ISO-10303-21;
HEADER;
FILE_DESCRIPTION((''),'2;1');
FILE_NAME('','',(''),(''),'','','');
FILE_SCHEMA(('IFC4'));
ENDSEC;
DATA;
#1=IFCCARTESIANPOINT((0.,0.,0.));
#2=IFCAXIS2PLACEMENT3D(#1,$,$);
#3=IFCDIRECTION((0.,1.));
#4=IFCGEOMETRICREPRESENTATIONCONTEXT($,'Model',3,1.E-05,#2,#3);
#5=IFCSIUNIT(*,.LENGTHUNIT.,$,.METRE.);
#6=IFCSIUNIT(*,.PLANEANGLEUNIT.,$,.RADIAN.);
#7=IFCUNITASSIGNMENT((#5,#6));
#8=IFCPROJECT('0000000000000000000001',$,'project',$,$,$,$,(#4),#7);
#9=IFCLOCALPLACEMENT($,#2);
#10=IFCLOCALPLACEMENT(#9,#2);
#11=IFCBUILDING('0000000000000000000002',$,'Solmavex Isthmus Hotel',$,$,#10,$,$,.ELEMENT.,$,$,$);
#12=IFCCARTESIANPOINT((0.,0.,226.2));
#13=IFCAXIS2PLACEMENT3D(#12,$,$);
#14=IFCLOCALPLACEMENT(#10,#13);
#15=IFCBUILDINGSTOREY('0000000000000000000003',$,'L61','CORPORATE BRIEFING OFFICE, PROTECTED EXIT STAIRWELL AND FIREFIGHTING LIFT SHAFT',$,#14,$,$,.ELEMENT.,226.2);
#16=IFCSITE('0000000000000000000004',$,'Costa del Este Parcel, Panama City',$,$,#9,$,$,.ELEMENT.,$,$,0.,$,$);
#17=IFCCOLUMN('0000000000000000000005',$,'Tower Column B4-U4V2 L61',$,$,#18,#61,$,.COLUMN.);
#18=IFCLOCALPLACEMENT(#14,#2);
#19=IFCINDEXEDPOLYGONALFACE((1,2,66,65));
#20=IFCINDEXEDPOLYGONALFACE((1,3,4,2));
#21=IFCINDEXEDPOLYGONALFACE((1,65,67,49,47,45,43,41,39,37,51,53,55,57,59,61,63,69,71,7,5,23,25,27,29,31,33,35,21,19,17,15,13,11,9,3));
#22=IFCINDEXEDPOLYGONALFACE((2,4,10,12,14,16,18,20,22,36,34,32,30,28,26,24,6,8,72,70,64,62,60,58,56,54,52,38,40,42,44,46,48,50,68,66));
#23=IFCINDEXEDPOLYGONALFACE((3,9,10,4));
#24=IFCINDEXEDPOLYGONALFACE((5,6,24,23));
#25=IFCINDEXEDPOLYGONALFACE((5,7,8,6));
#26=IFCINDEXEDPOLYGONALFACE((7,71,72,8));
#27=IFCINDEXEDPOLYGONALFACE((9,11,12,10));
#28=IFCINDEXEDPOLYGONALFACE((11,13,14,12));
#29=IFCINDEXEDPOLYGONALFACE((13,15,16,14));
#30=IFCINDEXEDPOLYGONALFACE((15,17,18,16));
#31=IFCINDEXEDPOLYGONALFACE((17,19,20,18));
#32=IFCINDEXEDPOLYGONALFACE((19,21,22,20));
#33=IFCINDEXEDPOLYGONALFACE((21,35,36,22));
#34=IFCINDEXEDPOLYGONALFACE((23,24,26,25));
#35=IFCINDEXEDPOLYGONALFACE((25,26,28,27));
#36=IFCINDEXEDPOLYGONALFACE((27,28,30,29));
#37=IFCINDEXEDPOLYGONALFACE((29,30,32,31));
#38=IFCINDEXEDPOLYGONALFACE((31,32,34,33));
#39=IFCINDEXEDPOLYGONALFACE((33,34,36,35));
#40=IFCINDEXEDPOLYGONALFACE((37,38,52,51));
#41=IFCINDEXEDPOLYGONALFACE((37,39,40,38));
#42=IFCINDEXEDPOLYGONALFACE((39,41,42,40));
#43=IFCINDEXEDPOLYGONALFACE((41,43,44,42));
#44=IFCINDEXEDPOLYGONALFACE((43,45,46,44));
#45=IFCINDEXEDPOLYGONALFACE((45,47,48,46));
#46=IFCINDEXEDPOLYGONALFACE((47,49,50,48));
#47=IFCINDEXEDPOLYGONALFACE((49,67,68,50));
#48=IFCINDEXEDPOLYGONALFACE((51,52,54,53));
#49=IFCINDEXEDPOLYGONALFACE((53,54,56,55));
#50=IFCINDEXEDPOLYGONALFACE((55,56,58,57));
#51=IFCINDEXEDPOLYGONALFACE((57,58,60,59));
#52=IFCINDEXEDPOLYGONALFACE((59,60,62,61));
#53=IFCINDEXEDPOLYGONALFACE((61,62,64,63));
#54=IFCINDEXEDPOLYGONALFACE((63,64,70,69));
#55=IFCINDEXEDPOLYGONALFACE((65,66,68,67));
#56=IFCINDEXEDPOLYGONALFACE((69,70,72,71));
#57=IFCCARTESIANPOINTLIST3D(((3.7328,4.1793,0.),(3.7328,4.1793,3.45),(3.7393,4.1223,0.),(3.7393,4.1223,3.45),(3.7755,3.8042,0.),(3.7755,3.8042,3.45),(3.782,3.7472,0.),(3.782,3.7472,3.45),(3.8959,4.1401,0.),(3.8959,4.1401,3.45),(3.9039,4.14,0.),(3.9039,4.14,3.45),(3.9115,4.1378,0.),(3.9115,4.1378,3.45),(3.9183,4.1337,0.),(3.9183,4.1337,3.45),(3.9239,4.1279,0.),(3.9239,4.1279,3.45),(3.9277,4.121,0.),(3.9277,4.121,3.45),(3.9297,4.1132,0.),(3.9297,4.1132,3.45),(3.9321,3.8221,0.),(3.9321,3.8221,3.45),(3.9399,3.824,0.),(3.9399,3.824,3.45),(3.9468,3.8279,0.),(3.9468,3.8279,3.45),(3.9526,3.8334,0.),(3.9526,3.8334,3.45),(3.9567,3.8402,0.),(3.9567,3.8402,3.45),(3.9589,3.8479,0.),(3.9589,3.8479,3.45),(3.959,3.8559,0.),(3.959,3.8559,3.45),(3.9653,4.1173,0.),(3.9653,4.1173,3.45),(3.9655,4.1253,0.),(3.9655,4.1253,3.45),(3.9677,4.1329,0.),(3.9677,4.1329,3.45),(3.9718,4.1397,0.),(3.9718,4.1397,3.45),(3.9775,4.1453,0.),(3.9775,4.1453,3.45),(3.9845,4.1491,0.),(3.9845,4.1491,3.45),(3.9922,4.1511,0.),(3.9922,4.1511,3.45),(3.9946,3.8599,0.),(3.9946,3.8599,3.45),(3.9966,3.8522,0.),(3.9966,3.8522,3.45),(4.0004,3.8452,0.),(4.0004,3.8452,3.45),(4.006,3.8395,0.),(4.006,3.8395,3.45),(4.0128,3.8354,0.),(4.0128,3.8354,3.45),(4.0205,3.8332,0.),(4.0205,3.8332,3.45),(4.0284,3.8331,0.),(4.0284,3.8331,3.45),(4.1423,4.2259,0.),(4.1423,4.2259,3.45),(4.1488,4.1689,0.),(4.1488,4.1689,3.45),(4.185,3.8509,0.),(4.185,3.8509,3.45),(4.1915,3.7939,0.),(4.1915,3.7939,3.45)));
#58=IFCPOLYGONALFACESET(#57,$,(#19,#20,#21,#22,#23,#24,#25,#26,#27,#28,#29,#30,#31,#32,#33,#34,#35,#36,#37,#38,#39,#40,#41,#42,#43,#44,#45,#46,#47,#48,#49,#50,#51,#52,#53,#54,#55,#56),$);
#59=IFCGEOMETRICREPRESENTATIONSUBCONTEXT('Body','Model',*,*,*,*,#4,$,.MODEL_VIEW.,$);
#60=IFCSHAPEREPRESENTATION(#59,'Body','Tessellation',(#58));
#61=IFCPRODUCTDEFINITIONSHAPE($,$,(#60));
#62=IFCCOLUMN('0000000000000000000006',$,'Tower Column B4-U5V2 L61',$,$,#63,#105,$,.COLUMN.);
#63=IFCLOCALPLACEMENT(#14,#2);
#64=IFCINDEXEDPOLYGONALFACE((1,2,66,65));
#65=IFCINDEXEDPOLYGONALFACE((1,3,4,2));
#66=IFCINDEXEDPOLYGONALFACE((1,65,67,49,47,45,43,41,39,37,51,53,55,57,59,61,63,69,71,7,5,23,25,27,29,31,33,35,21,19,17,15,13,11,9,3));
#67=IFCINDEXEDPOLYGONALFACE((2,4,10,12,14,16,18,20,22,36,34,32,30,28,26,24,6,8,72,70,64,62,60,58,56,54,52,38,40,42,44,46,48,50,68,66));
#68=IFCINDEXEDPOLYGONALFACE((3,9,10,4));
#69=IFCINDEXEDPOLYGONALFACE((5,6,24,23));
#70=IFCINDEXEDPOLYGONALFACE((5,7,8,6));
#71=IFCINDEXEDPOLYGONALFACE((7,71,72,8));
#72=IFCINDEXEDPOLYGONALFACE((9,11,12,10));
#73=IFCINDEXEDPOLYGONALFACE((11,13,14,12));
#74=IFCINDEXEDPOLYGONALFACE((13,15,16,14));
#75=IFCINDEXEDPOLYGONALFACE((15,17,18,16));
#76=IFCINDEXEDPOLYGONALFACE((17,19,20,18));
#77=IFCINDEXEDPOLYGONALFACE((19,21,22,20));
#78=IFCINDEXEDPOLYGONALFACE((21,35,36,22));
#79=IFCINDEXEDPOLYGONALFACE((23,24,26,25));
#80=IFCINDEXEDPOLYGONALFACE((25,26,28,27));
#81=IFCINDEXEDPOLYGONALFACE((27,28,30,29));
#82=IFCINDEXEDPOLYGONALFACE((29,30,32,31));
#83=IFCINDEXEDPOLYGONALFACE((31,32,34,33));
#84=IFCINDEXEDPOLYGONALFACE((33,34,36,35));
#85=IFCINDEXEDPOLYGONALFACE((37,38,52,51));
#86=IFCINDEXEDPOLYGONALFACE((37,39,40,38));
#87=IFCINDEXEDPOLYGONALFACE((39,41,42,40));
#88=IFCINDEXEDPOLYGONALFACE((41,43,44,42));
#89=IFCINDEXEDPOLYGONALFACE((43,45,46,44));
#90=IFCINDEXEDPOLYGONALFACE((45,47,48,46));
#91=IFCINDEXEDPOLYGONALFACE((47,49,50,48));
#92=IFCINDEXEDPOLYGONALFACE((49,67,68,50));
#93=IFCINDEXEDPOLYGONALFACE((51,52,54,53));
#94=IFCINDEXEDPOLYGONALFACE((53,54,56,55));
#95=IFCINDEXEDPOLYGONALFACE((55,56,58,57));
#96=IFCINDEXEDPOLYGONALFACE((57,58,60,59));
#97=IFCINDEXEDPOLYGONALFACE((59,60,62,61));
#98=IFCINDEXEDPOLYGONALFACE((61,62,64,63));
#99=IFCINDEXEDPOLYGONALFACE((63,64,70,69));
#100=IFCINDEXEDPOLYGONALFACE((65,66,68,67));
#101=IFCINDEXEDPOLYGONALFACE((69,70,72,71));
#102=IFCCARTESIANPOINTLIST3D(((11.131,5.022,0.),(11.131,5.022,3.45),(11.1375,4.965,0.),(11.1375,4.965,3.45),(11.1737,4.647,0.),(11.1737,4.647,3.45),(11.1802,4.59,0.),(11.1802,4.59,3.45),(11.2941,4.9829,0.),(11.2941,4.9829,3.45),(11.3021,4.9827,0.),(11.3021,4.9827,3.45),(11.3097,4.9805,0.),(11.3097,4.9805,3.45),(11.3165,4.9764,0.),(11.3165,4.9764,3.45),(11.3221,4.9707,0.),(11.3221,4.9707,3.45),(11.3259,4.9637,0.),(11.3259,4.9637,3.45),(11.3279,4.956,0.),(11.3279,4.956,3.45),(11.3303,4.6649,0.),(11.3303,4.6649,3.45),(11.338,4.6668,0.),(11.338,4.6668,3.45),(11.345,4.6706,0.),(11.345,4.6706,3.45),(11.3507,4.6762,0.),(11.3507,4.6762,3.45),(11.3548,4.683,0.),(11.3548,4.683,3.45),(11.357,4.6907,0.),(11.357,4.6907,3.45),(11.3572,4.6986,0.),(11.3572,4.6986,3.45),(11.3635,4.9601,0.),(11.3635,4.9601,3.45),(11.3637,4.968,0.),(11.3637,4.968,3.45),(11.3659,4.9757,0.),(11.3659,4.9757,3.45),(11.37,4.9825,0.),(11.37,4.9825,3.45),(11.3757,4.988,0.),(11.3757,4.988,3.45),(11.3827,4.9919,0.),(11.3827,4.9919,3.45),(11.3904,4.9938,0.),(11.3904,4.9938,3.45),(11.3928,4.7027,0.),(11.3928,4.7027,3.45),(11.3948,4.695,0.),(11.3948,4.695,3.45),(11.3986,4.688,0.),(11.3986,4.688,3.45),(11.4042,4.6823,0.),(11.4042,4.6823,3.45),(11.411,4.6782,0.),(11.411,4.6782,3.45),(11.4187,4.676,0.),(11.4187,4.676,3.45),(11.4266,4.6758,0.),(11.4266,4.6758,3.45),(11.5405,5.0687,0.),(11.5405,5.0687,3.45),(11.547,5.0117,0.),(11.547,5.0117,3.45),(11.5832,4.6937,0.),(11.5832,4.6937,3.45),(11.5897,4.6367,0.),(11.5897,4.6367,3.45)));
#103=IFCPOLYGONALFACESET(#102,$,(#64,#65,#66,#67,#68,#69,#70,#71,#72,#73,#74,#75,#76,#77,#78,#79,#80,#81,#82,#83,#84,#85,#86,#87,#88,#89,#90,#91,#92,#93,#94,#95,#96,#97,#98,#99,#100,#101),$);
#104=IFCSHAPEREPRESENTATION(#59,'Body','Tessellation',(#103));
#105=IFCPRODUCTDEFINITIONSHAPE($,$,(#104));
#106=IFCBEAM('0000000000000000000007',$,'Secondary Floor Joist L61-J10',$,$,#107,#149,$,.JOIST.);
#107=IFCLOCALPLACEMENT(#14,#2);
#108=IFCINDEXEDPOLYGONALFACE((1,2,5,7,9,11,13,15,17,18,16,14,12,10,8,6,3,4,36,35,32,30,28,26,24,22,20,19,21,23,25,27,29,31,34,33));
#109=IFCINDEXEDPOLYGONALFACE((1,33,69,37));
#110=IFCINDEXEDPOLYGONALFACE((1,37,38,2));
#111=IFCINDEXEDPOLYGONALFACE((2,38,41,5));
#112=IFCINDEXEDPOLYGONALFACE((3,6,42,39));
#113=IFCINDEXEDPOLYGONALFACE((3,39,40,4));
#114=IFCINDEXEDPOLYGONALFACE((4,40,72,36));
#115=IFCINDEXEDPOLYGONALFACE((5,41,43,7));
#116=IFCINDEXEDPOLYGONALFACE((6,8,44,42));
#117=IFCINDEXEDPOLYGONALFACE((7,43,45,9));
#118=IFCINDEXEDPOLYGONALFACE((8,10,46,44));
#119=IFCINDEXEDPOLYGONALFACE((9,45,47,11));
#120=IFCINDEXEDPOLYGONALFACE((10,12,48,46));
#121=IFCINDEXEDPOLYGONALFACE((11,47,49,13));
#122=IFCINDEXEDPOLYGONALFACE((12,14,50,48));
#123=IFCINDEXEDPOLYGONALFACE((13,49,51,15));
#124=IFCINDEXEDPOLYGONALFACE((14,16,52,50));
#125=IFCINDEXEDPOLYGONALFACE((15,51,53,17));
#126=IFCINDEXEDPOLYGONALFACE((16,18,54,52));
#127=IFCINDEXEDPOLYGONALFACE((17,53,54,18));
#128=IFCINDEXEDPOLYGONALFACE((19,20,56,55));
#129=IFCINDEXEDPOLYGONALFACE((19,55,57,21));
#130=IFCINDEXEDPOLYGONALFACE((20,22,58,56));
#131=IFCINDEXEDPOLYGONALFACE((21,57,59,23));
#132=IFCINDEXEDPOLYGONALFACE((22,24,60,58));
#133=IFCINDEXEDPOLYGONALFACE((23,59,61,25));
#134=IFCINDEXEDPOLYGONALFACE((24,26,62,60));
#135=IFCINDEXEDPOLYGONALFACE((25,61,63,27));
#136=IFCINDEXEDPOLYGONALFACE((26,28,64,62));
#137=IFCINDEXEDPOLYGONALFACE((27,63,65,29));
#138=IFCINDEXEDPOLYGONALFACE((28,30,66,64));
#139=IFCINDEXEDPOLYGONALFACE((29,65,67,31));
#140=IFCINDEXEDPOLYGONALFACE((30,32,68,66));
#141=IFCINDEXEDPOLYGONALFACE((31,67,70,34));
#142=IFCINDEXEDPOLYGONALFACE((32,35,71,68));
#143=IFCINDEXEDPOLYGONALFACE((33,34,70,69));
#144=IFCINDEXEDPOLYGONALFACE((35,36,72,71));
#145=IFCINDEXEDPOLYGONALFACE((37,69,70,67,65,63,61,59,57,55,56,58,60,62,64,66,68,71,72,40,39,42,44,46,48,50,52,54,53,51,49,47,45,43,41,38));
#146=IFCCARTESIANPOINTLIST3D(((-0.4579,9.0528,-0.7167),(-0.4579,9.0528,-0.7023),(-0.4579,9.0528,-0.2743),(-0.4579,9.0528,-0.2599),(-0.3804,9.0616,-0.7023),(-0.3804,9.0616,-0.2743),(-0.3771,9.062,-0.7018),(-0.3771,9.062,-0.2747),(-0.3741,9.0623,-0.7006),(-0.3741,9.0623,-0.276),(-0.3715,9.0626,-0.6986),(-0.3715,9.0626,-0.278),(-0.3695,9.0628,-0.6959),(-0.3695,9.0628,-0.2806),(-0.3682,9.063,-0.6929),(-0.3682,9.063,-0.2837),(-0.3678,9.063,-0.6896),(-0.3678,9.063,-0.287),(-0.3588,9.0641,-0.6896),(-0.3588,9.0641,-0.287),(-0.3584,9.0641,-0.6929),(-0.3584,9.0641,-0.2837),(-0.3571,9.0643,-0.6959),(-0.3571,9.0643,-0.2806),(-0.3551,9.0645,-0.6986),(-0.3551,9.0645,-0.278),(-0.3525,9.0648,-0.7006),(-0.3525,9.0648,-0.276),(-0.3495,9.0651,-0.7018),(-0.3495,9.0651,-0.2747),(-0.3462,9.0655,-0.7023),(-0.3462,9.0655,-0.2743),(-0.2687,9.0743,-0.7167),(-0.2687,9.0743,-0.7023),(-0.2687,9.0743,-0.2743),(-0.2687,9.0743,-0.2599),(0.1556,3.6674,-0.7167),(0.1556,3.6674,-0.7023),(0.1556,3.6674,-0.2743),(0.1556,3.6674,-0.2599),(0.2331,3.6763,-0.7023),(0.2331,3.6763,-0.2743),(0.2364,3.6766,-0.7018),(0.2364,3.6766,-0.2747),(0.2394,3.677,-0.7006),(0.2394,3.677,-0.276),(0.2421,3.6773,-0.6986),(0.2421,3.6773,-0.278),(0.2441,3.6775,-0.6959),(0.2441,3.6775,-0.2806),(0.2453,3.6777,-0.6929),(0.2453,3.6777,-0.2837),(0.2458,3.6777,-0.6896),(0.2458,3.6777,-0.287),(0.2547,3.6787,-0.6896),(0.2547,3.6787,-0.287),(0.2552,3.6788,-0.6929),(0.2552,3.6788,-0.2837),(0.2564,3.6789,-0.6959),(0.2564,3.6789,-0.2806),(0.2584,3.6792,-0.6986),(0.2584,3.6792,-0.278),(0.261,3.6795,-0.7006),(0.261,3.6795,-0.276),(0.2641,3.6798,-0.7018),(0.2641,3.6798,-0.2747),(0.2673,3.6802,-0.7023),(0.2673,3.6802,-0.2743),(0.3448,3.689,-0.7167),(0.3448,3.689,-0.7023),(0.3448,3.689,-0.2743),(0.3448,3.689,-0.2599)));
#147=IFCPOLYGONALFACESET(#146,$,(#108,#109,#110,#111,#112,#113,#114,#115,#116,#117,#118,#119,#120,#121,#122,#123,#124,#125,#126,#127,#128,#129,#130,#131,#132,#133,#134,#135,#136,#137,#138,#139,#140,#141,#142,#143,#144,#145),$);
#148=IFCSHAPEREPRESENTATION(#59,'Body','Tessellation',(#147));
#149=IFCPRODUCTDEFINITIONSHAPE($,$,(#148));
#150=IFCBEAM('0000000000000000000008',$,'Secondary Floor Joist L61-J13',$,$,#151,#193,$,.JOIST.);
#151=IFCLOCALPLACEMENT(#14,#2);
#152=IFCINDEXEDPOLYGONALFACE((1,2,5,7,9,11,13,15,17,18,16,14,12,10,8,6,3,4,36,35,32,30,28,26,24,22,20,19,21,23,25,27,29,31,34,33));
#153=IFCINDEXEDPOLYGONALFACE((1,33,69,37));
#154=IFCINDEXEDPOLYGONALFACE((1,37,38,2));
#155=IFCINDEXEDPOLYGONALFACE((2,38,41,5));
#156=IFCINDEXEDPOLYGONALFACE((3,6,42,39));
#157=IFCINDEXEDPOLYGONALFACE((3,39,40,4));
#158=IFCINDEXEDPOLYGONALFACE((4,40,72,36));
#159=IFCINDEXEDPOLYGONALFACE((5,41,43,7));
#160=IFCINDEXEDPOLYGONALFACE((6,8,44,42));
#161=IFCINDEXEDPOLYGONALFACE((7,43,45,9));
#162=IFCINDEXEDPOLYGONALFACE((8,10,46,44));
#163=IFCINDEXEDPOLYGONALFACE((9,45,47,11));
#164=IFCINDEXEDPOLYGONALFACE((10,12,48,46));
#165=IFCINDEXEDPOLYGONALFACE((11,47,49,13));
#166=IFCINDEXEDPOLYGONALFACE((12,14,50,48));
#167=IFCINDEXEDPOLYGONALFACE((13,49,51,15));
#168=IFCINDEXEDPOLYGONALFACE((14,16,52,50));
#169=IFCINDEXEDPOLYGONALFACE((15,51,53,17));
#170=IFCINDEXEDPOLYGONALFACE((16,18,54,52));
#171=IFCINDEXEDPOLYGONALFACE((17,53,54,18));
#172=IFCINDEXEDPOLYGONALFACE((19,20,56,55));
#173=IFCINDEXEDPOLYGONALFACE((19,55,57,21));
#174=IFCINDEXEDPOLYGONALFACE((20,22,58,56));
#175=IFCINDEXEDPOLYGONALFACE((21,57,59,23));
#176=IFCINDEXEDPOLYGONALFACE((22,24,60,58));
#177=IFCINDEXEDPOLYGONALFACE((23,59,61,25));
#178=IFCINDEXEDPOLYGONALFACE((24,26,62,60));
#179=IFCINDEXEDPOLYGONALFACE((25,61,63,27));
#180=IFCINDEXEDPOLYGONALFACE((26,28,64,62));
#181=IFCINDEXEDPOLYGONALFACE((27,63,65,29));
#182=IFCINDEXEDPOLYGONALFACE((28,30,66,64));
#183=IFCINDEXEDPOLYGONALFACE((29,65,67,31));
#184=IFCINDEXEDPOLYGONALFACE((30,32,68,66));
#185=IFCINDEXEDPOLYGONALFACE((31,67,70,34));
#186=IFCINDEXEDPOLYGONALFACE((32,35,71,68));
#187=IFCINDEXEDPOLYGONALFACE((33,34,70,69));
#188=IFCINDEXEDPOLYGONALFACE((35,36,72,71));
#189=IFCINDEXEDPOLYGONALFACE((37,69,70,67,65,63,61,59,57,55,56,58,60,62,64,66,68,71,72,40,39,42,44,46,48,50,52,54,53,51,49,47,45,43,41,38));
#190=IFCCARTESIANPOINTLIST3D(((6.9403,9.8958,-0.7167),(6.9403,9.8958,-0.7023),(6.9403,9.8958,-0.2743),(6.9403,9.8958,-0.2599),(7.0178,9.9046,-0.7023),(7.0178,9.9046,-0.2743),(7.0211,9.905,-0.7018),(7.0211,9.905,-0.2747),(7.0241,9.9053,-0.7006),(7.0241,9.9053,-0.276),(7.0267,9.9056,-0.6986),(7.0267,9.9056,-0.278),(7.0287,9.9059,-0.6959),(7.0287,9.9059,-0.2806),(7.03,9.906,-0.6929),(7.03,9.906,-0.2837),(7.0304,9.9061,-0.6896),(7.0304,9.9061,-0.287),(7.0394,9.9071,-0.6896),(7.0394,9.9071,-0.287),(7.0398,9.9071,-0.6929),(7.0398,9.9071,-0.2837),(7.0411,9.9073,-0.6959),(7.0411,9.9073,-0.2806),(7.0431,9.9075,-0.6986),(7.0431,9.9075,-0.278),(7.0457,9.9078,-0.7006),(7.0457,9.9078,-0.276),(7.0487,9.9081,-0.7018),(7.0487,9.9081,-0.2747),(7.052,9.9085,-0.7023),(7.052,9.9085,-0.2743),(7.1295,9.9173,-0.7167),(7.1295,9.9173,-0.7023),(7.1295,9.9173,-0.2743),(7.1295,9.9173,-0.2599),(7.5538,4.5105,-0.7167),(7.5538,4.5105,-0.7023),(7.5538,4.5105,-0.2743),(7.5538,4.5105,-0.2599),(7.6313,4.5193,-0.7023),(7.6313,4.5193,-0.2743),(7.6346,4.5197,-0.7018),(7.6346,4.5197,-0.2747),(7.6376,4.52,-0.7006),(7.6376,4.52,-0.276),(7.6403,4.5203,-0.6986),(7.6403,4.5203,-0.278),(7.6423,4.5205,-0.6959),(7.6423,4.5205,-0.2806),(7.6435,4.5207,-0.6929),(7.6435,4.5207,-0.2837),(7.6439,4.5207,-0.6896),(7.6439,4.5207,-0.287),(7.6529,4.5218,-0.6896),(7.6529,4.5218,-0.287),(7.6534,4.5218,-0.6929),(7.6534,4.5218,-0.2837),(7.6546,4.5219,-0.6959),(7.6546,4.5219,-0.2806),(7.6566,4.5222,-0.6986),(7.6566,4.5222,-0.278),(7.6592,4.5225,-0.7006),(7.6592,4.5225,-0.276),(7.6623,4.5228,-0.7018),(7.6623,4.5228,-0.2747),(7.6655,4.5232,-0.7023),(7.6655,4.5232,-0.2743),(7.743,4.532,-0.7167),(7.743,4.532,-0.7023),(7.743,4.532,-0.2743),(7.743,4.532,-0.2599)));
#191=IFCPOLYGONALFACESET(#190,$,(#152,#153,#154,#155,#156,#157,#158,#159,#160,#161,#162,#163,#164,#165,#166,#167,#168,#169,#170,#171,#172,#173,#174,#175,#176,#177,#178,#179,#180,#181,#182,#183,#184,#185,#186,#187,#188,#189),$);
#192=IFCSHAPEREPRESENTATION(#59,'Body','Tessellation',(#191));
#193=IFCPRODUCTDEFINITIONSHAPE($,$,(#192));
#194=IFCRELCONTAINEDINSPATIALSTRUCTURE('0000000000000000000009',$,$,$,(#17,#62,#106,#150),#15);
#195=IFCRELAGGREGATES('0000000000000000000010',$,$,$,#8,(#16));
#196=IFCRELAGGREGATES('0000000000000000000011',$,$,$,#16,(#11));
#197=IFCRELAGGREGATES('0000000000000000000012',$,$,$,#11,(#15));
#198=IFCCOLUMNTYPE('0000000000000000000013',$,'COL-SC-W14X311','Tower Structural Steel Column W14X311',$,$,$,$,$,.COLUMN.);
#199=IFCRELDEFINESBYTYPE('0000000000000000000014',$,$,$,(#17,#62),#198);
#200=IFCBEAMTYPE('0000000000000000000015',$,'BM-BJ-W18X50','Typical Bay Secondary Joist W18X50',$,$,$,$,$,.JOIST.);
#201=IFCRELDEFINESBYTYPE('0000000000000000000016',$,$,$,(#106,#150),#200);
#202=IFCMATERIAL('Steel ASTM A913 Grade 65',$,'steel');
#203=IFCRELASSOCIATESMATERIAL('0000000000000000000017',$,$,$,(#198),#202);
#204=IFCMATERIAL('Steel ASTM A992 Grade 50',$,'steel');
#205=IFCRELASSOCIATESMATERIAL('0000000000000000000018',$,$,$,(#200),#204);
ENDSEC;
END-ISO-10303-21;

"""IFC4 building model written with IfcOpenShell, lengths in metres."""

from ifc_helpers import new_model, si_unit, direction, frame, origin, origin_2d, place, context, subcontext, project, spatial, i_section, extrude, material, material_profile, profile_set, type_object, element, save


model = new_model("IFC4")

# Units and contexts
model_context = context("Model", 3, precision=1e-05, world=origin(), true_north=direction((0.0, 1.0)))
body_context = subcontext(model_context, "Body", "Model", "MODEL_VIEW")
ifc_project = project(units=[si_unit("LENGTHUNIT", "METRE"), si_unit("PLANEANGLEUNIT", "RADIAN")], contexts=[model_context])

# Site, building, storey
site_placement = place(None, origin())
site = spatial("IfcSite", under=ifc_project, at=site_placement, Name="Costa del Este Parcel, Panama City", CompositionType="ELEMENT", RefElevation=0.0)
building_placement = place(site_placement, origin())
building = spatial("IfcBuilding", under=site, at=building_placement, Name="Solmavex Isthmus Hotel", CompositionType="ELEMENT")
storey_placement = place(building_placement, frame((0.0, 0.0, 226.2)))
storey = spatial("IfcBuildingStorey", under=building, at=storey_placement, Name="L61", Description="CORPORATE BRIEFING OFFICE, PROTECTED EXIT STAIRWELL AND FIREFIGHTING LIFT SHAFT", CompositionType="ELEMENT", Elevation=226.2)

# Columns
ifc_material_1 = material(Name="Steel ASTM A913 Grade 65", Category="steel")
ifc_material_profile_1 = material_profile(ifc_material_1, i_section(OverallWidth=0.4121, OverallDepth=0.4348, WebThickness=0.0359, FlangeThickness=0.0574, FilletRadius=0.0305, at=origin_2d()), Name="W14X311")
ifc_profile_set_1 = profile_set([ifc_material_profile_1], Name="Steel ASTM A913 Grade 65")
column_type = type_object("IfcColumnType", Name="COL-SC-W14X311", Description="Tower Structural Steel Column W14X311", PredefinedType="COLUMN", material=ifc_profile_set_1)
for number, where, z_axis, x_axis, name in (
    (1, (3.9622, 3.9866, 0.0), (0.0, 0.0, 1.0), (0.993572, 0.113203, 0.0), "Tower Column B4-U4V2 L61"),
    (2, (11.3604, 4.8293, 0.0), (0.0, 0.0, 1.0), (0.993572, 0.113203, 0.0), "Tower Column B4-U5V2 L61"),
):
    element("IfcColumn", number, at=place(storey_placement, frame(where, z_axis=z_axis, x_axis=x_axis)), inside=storey, type_object=column_type, Name=name, PredefinedType="COLUMN", context=body_context, shape_type="SweptSolid", body=[
        extrude(i_section(OverallWidth=0.4121, OverallDepth=0.4348, WebThickness=0.0359, FlangeThickness=0.0574, FilletRadius=0.0305, at=origin_2d()), origin(), (0.0, 0.0, 1.0), 3.45),
    ])

# Beams
ifc_material_2 = material(Name="Steel ASTM A992 Grade 50", Category="steel")
ifc_material_profile_2 = material_profile(ifc_material_2, i_section(OverallWidth=0.1904, OverallDepth=0.4568, WebThickness=0.009, FlangeThickness=0.0144, FilletRadius=0.0127, at=origin_2d()), Name="W18X50")
ifc_profile_set_2 = profile_set([ifc_material_profile_2], Name="Steel ASTM A992 Grade 50")
beam_type_1 = type_object("IfcBeamType", Name="BM-BJ-W18X50", Description="Typical Bay Secondary Joist W18X50", PredefinedType="JOIST", material=ifc_profile_set_2)
for number, where, z_axis, x_axis, name in (
    (3, (0.2502, 3.6782, -0.4883), (-0.113195, 0.993573, 0.0), (-0.993573, -0.113195, 0.0), "Secondary Floor Joist L61-J10"),
    (4, (7.6484, 4.5212, -0.4883), (-0.113195, 0.993573, 0.0), (-0.993573, -0.113195, 0.0), "Secondary Floor Joist L61-J13"),
):
    element("IfcBeam", number, at=place(storey_placement, frame(where, z_axis=z_axis, x_axis=x_axis)), inside=storey, type_object=beam_type_1, Name=name, PredefinedType="JOIST", context=body_context, shape_type="SweptSolid", body=[
        extrude(i_section(OverallWidth=0.1904, OverallDepth=0.4568, WebThickness=0.009, FlangeThickness=0.0144, FilletRadius=0.0127, at=origin_2d()), origin(), (0.0, 0.0, 1.0), 5.4202),
    ])

save(model, "model.ifc")
